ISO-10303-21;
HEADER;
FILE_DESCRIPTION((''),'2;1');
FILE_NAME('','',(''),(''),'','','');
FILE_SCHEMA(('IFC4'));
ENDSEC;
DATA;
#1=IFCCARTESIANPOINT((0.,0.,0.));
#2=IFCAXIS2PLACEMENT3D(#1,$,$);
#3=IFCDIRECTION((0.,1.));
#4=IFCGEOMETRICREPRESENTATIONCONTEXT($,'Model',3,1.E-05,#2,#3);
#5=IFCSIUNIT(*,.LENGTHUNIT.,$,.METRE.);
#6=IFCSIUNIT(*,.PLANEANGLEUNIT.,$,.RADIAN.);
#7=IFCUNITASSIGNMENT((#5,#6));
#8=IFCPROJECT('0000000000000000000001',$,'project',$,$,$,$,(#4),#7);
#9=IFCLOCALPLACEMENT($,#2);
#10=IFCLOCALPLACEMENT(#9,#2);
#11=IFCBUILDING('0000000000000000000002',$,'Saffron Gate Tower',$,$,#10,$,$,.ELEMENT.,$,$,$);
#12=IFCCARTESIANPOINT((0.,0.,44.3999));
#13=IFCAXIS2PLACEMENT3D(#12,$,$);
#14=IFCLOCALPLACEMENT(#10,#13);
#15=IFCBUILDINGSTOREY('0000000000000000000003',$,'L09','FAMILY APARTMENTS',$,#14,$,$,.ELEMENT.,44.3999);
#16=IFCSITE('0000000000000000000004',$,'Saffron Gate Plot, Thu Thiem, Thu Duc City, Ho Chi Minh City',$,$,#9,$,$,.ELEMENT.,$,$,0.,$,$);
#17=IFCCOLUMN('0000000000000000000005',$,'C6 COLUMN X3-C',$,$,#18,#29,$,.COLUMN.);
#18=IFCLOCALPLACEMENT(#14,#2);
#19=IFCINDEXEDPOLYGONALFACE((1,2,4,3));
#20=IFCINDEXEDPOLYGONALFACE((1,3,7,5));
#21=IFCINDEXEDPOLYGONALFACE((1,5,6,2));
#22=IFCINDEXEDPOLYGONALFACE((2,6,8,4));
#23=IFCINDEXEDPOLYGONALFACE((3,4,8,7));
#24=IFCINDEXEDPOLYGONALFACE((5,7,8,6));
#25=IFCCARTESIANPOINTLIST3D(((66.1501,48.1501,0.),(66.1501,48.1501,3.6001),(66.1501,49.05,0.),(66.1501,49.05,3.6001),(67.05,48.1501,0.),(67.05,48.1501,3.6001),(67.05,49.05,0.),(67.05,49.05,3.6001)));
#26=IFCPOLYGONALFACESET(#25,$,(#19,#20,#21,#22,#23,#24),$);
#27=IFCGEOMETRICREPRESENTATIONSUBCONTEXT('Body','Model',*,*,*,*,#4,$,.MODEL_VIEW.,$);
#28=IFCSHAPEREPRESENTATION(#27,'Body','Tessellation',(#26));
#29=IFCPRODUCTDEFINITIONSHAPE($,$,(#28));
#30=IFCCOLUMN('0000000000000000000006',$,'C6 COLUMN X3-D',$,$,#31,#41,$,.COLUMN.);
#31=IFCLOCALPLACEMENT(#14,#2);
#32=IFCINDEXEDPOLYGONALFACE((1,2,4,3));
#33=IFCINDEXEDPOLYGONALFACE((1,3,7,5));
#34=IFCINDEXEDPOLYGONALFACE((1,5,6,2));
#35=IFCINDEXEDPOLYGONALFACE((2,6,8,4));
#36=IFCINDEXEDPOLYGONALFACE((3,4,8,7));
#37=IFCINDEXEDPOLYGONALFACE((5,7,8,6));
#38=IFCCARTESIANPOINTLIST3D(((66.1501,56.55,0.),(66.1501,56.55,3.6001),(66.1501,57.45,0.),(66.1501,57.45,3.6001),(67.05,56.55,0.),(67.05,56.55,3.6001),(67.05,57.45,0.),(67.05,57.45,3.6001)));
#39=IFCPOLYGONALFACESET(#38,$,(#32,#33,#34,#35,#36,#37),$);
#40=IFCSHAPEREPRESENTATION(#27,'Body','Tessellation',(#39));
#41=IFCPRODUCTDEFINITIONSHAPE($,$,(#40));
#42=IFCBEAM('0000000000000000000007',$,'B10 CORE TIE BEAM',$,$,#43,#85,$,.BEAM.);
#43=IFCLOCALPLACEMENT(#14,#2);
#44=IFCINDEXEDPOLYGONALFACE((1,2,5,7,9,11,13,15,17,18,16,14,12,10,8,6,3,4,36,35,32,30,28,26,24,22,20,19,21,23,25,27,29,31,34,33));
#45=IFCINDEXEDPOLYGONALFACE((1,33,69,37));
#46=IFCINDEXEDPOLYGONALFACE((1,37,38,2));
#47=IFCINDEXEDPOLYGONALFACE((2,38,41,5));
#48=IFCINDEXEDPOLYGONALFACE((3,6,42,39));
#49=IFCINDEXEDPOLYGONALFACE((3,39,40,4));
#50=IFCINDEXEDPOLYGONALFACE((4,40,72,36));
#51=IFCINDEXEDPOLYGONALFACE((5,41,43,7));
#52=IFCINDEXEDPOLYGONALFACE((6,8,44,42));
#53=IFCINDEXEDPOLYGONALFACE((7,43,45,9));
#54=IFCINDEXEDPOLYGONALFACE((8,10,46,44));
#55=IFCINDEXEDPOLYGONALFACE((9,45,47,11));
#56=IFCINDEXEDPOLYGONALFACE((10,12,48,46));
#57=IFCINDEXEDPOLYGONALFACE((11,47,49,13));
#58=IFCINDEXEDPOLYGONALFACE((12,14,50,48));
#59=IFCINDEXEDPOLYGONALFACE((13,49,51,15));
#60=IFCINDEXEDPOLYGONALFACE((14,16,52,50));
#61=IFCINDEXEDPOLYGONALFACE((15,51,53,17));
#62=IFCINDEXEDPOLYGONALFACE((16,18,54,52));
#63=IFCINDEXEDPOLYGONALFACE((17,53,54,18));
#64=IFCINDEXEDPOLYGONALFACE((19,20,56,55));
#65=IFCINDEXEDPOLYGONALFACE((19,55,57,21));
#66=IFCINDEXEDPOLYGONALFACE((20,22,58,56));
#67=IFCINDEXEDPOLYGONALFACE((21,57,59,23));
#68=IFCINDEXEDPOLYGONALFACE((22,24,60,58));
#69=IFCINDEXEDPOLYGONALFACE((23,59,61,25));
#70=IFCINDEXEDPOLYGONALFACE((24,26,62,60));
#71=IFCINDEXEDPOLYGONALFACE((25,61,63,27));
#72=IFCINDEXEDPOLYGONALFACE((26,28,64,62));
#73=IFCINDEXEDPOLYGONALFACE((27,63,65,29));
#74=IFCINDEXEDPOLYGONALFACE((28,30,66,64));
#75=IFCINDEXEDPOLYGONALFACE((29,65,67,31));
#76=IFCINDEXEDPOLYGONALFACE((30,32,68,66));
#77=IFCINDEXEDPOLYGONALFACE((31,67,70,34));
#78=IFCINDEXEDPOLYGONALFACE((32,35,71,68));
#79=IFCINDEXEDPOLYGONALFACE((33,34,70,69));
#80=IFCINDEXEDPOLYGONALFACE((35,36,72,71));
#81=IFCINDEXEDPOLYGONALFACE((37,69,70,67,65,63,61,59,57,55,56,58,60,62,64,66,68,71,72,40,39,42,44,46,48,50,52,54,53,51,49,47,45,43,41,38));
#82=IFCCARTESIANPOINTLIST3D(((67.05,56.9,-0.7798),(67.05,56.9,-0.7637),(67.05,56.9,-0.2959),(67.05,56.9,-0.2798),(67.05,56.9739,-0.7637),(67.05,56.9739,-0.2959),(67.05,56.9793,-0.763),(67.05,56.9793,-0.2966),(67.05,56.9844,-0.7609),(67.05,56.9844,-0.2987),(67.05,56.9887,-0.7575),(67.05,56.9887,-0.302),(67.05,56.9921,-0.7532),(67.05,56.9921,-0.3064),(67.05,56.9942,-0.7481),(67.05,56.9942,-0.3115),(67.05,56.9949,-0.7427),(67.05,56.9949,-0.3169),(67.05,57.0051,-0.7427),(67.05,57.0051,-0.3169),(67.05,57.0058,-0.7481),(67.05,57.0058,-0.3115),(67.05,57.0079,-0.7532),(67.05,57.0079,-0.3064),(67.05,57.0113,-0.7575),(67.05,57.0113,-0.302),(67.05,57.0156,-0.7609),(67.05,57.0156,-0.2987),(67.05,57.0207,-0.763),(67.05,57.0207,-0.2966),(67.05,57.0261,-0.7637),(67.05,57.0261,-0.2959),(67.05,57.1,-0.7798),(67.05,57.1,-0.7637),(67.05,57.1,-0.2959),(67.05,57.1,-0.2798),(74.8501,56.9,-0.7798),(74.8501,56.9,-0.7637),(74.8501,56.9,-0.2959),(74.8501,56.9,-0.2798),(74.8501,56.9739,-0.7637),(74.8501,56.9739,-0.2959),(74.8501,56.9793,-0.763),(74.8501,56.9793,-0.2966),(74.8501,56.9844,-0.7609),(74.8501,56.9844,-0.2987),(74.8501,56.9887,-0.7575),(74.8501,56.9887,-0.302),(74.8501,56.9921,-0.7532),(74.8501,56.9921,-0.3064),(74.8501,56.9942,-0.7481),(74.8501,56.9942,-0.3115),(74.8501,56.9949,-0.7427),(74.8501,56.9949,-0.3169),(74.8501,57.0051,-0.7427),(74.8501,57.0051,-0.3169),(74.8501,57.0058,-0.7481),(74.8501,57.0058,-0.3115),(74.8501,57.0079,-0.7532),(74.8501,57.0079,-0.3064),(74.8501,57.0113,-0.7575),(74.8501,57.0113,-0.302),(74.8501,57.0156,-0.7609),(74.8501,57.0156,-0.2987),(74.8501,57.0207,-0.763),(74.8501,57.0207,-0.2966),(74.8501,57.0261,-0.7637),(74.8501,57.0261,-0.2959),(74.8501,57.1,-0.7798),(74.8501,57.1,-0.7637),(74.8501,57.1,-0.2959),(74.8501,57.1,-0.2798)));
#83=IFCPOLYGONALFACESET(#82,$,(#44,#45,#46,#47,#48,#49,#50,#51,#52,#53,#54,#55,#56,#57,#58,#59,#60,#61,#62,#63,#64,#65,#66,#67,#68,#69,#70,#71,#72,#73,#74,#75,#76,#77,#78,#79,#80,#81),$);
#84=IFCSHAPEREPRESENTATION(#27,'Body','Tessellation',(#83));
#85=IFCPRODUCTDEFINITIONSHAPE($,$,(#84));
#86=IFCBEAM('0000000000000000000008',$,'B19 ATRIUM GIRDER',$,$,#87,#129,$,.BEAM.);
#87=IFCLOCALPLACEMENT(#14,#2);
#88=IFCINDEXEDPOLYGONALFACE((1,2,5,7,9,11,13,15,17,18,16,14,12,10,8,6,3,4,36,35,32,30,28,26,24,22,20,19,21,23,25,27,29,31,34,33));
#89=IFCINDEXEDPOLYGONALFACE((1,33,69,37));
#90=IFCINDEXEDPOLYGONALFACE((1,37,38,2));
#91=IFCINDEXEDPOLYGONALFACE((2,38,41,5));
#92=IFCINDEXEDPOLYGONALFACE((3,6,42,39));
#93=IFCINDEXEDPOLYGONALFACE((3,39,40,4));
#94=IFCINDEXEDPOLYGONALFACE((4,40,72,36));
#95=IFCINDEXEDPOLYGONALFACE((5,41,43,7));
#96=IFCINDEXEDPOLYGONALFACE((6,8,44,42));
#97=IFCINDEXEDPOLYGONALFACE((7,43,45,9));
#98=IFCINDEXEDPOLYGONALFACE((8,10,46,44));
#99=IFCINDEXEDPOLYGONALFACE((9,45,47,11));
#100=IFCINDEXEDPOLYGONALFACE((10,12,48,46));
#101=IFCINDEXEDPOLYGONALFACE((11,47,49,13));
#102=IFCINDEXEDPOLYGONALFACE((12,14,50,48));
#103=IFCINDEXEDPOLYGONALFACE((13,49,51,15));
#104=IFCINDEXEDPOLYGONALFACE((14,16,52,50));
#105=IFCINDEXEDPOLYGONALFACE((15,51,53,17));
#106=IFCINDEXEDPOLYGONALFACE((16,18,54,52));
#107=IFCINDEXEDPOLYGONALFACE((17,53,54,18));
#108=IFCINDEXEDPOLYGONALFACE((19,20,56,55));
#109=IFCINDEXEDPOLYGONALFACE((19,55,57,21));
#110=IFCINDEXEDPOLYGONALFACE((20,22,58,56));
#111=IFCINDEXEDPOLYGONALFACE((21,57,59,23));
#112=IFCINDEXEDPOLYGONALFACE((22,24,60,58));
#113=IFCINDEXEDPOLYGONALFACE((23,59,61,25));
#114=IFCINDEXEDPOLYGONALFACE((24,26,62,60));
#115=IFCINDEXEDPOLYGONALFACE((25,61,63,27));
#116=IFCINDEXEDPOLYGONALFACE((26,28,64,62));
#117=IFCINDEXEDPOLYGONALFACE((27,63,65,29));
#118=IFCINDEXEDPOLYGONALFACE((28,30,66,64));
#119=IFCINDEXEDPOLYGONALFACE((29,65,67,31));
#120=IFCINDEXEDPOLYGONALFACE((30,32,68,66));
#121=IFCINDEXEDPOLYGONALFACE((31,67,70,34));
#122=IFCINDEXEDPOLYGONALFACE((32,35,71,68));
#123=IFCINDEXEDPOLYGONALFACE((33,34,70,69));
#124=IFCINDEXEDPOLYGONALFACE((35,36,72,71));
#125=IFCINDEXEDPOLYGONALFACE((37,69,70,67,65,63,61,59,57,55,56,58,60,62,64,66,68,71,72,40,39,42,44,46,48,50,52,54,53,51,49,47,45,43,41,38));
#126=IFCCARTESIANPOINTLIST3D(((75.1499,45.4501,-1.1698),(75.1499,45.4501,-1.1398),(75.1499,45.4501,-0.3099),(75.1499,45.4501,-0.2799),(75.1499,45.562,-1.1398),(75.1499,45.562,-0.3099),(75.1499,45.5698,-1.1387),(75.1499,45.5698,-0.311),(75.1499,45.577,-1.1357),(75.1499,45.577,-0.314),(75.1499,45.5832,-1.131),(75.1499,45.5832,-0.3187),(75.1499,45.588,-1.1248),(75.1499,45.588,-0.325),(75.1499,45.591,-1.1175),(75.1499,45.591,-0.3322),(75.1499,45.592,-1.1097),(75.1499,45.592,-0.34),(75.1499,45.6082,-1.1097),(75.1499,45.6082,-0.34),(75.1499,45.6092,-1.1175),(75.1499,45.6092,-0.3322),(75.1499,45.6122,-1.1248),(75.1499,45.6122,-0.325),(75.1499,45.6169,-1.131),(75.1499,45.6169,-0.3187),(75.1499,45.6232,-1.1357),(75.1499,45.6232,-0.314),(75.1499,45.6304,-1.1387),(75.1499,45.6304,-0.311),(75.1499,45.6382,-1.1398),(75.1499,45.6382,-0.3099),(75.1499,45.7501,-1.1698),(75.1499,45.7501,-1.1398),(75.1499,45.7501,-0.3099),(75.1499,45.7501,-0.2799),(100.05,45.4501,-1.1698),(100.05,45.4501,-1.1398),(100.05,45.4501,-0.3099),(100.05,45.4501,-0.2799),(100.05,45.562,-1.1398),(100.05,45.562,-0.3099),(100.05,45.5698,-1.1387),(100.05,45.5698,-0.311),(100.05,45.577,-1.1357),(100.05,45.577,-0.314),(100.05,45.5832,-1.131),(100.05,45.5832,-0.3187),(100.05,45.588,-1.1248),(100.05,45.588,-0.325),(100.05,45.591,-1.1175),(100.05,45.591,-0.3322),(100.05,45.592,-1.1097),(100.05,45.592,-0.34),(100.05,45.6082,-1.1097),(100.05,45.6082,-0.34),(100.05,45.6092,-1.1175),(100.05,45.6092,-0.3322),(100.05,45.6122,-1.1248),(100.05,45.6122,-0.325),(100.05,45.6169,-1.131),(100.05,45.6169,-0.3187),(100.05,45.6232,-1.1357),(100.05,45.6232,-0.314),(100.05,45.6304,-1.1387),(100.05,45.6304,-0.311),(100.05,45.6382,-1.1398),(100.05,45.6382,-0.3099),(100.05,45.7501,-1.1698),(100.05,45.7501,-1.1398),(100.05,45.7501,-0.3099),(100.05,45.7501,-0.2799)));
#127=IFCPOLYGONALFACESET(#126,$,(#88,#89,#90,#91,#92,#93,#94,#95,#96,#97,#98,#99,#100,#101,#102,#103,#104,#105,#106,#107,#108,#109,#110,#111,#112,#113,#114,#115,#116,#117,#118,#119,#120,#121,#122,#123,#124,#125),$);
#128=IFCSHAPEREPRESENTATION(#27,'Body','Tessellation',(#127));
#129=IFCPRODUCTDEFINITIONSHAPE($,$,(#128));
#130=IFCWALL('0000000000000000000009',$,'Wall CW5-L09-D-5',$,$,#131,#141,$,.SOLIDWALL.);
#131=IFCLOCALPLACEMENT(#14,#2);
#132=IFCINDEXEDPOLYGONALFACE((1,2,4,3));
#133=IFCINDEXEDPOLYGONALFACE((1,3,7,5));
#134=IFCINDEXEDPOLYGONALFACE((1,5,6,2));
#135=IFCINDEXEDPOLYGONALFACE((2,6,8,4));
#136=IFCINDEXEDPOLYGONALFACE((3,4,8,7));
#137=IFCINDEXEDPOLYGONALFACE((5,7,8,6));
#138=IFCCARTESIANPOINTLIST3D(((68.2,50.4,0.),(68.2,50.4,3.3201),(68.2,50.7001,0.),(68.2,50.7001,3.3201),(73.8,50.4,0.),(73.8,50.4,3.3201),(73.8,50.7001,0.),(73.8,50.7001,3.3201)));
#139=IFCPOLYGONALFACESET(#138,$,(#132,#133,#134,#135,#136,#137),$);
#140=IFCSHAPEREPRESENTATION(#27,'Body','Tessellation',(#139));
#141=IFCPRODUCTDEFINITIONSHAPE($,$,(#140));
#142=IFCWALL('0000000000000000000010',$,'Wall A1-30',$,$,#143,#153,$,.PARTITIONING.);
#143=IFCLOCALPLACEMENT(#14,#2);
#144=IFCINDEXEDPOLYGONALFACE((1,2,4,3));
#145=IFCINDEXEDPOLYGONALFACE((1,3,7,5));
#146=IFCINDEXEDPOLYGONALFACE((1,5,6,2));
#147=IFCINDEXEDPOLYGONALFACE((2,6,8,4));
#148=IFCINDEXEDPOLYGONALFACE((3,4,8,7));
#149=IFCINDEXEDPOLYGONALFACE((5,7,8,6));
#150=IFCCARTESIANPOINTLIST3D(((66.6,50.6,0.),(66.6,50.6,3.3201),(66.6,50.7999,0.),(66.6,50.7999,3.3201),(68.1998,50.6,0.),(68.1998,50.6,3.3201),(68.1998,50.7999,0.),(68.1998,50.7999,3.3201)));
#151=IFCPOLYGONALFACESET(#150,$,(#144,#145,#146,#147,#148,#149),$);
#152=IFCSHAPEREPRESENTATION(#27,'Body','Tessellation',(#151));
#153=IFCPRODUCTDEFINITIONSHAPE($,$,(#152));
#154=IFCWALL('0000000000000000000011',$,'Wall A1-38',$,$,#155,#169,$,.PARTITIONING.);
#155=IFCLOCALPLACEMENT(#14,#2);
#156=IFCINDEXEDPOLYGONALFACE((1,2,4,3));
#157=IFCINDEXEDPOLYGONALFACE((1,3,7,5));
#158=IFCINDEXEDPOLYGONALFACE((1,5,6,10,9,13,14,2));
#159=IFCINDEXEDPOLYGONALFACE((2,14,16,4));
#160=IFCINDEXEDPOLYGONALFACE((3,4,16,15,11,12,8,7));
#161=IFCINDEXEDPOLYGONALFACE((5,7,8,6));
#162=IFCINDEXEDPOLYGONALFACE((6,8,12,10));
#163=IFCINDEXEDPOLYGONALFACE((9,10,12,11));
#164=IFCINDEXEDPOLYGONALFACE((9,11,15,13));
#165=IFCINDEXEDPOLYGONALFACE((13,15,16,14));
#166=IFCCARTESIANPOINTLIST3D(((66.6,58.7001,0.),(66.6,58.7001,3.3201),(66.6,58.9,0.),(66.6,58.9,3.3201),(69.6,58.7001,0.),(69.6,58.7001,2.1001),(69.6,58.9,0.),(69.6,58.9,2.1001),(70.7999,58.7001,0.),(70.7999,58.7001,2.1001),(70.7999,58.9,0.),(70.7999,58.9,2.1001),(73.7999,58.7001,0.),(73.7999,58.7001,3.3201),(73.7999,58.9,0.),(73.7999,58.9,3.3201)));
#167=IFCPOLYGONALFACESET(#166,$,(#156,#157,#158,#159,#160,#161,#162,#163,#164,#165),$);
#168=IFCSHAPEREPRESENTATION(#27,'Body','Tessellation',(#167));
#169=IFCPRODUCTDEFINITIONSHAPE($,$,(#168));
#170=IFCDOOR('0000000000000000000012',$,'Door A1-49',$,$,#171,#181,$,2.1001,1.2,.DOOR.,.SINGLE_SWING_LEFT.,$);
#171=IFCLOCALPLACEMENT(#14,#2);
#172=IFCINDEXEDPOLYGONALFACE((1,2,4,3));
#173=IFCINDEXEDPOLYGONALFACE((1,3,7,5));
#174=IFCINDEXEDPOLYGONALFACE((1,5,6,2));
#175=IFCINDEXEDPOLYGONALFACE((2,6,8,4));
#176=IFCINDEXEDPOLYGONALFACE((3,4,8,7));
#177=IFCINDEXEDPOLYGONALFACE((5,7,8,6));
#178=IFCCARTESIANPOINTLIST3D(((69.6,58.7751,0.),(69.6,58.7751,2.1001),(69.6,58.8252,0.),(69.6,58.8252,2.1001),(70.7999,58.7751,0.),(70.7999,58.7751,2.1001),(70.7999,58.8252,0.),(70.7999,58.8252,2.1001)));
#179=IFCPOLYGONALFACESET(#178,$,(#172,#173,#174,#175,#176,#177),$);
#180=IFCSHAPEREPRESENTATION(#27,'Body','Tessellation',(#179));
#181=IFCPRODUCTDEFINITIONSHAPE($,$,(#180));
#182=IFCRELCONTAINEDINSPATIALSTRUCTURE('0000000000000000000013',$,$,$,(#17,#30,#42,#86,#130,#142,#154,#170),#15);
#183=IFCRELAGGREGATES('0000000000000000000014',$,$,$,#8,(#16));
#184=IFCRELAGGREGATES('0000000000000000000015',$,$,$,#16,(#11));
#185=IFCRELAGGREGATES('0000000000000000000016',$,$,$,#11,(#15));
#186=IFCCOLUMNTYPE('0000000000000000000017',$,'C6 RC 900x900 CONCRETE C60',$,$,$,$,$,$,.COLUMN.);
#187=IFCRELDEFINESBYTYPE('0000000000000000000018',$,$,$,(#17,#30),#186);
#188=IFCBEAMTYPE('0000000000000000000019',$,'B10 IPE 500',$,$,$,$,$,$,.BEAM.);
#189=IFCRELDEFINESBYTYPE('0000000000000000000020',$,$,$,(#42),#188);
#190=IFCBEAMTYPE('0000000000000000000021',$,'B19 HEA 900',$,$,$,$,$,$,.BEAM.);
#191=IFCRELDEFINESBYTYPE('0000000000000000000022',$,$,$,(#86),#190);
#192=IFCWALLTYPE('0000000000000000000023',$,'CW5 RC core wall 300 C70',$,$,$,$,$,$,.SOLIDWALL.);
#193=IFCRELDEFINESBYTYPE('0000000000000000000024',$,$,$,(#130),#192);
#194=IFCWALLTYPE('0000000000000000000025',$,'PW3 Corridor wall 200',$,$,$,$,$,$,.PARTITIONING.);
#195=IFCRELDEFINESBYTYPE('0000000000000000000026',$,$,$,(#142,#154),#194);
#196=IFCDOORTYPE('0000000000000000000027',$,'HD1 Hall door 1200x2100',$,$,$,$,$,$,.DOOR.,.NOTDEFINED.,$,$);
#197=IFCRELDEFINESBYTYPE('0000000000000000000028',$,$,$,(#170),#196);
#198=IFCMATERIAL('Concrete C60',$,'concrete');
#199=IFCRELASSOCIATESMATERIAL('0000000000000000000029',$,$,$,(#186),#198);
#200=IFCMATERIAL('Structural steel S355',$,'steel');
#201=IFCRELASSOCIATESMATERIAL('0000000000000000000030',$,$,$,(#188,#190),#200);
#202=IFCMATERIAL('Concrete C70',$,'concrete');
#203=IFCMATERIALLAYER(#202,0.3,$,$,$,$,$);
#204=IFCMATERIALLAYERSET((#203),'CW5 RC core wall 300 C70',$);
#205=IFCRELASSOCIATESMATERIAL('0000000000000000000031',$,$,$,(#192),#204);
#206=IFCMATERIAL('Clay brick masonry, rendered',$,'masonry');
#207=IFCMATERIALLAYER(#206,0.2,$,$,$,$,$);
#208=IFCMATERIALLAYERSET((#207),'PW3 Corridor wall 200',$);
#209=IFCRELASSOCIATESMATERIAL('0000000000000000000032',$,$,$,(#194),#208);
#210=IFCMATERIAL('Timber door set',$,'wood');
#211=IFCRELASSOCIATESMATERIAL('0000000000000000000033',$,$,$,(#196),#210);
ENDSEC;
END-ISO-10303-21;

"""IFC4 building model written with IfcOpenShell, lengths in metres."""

from ifc_helpers import new_model, si_unit, direction, frame, frame_2d, origin, origin_2d, place, context, subcontext, project, spatial, rectangle, i_section, extrude, material, layer, layer_set, material_profile, profile_set, type_object, element, fill, save


model = new_model("IFC4")

# Units and contexts
model_context = context("Model", 3, precision=1e-05, world=origin(), true_north=direction((0.0, 1.0)))
body_context = subcontext(model_context, "Body", "Model", "MODEL_VIEW")
ifc_project = project(units=[si_unit("LENGTHUNIT", "METRE"), si_unit("PLANEANGLEUNIT", "RADIAN")], contexts=[model_context])

# Site, building, storey
site_placement = place(None, origin())
site = spatial("IfcSite", under=ifc_project, at=site_placement, Name="Saffron Gate Plot, Thu Thiem, Thu Duc City, Ho Chi Minh City", CompositionType="ELEMENT", RefElevation=0.0)
building_placement = place(site_placement, origin())
building = spatial("IfcBuilding", under=site, at=building_placement, Name="Saffron Gate Tower", CompositionType="ELEMENT")
storey_placement = place(building_placement, frame((0.0, 0.0, 44.3999)))
storey = spatial("IfcBuildingStorey", under=building, at=storey_placement, Name="L09", Description="FAMILY APARTMENTS", CompositionType="ELEMENT", Elevation=44.3999)

# Columns
ifc_material_1 = material(Name="Concrete C60", Category="concrete")
ifc_material_profile_1 = material_profile(ifc_material_1, rectangle(XDim=0.8999, YDim=0.8999, at=origin_2d()))
ifc_profile_set_1 = profile_set([ifc_material_profile_1], Name="Concrete C60")
column_type = type_object("IfcColumnType", Name="C6 RC 900x900 CONCRETE C60", PredefinedType="COLUMN", material=ifc_profile_set_1)
for number, where, z_axis, x_axis, name in (
    (1, (66.6001, 48.6001, 0.0), (0.0, 0.0, 1.0), (1.0, 0.0, 0.0), "C6 COLUMN X3-C"),
    (2, (66.6001, 57.0, 0.0), (0.0, 0.0, 1.0), (1.0, 0.0, 0.0), "C6 COLUMN X3-D"),
):
    element("IfcColumn", number, at=place(storey_placement, frame(where, z_axis=z_axis, x_axis=x_axis)), inside=storey, type_object=column_type, Name=name, PredefinedType="COLUMN", context=body_context, shape_type="SweptSolid", body=[
        extrude(rectangle(XDim=0.8999, YDim=0.8999, at=origin_2d()), origin(), (0.0, 0.0, 1.0), 3.6001),
    ])

# Beams
ifc_material_2 = material(Name="Structural steel S355", Category="steel")
ifc_material_profile_2 = material_profile(ifc_material_2, i_section(OverallWidth=0.2, OverallDepth=0.5, WebThickness=0.0103, FlangeThickness=0.0161, FilletRadius=0.021, at=origin_2d()))
ifc_profile_set_2 = profile_set([ifc_material_profile_2], Name="Structural steel S355")
beam_type_1 = type_object("IfcBeamType", Name="B10 IPE 500", PredefinedType="BEAM", material=ifc_profile_set_2)
beam_1_placement = place(storey_placement, frame((67.05, 57.0, -0.5298), z_axis=(1.0, 0.0, 0.0), x_axis=(0.0, 1.0, 0.0)))
element("IfcBeam", 3, at=beam_1_placement, inside=storey, type_object=beam_type_1, Name="B10 CORE TIE BEAM", PredefinedType="BEAM", context=body_context, shape_type="SweptSolid", body=[
    extrude(i_section(OverallWidth=0.2, OverallDepth=0.5, WebThickness=0.0103, FlangeThickness=0.0161, FilletRadius=0.021, at=origin_2d()), origin(), (0.0, 0.0, 1.0), 7.8),
])
ifc_material_profile_3 = material_profile(ifc_material_2, i_section(OverallWidth=0.3, OverallDepth=0.8899, WebThickness=0.0161, FlangeThickness=0.03, FilletRadius=0.03, at=origin_2d()))
ifc_profile_set_3 = profile_set([ifc_material_profile_3], Name="Structural steel S355")
beam_type_2 = type_object("IfcBeamType", Name="B19 HEA 900", PredefinedType="BEAM", material=ifc_profile_set_3)
beam_2_placement = place(storey_placement, frame((75.1499, 45.6001, -0.7249), z_axis=(1.0, 0.0, 0.0), x_axis=(0.0, 1.0, 0.0)))
element("IfcBeam", 4, at=beam_2_placement, inside=storey, type_object=beam_type_2, Name="B19 ATRIUM GIRDER", PredefinedType="BEAM", context=body_context, shape_type="SweptSolid", body=[
    extrude(i_section(OverallWidth=0.3, OverallDepth=0.8899, WebThickness=0.0161, FlangeThickness=0.03, FilletRadius=0.03, at=origin_2d()), origin(), (0.0, 0.0, 1.0), 24.9001),
])

# Walls
ifc_material_3 = material(Name="Concrete C70", Category="concrete")
ifc_layer_1 = layer(ifc_material_3, 0.3)
ifc_layer_set_1 = layer_set([ifc_layer_1], Name="CW5 RC core wall 300 C70")
wall_type_1 = type_object("IfcWallType", Name="CW5 RC core wall 300 C70", PredefinedType="SOLIDWALL", material=ifc_layer_set_1)
wall_1_placement = place(storey_placement, frame((68.2, 50.55, 0.0), z_axis=(0.0, 0.0, 1.0), x_axis=(1.0, 0.0, 0.0)))
element("IfcWall", 5, at=wall_1_placement, inside=storey, type_object=wall_type_1, Name="Wall CW5-L09-D-5", PredefinedType="SOLIDWALL", context=body_context, shape_type="SweptSolid", body=[
    extrude(rectangle(XDim=5.6001, YDim=0.3, at=frame_2d((2.8, 0.0))), origin(), (0.0, 0.0, 1.0), 3.3201),
])
ifc_material_4 = material(Name="Clay brick masonry, rendered", Category="masonry")
ifc_layer_2 = layer(ifc_material_4, 0.2)
ifc_layer_set_2 = layer_set([ifc_layer_2], Name="PW3 Corridor wall 200")
wall_type_2 = type_object("IfcWallType", Name="PW3 Corridor wall 200", PredefinedType="PARTITIONING", material=ifc_layer_set_2)
wall_2_placement = place(storey_placement, frame((66.6001, 50.7, 0.0), z_axis=(0.0, 0.0, 1.0), x_axis=(1.0, 0.0, 0.0)))
element("IfcWall", 6, at=wall_2_placement, inside=storey, type_object=wall_type_2, Name="Wall A1-30", PredefinedType="PARTITIONING", context=body_context, shape_type="SweptSolid", body=[
    extrude(rectangle(XDim=1.5999, YDim=0.2, at=frame_2d((0.7998, 0.0))), origin(), (0.0, 0.0, 1.0), 3.3201),
])

# Wall, opening, door
wall_3_placement = place(storey_placement, frame((73.8, 58.8, 0.0), z_axis=(0.0, 0.0, 1.0), x_axis=(-1.0, 0.0, 0.0)))
wall_3 = element("IfcWall", 7, at=wall_3_placement, inside=storey, type_object=wall_type_2, Name="Wall A1-38", PredefinedType="PARTITIONING", context=body_context, shape_type="SweptSolid", body=[
    extrude(rectangle(XDim=7.2, YDim=0.2, at=frame_2d((3.6001, 0.0))), origin(), (0.0, 0.0, 1.0), 3.3201),
])
opening_placement = place(wall_3_placement, frame((3.0, 0.0, 0.0)))
opening = element("IfcOpeningElement", 8, at=opening_placement, cuts=wall_3, PredefinedType="OPENING", context=body_context, shape_type="SweptSolid", body=[
    extrude(rectangle(XDim=1.2, YDim=2.1001, at=frame_2d((0.6001, 1.05))), frame((0.0, 0.1099, 0.0), z_axis=(0.0, -1.0, 0.0), x_axis=(1.0, 0.0, 0.0)), (0.0, 0.0, 1.0), 0.22),
])
ifc_material_5 = material(Name="Timber door set", Category="wood")
door_type = type_object("IfcDoorType", Name="HD1 Hall door 1200x2100", OperationType="NOTDEFINED", PredefinedType="DOOR", material=ifc_material_5)
door_placement = place(opening_placement, origin())
door = element("IfcDoor", 9, at=door_placement, inside=storey, type_object=door_type, Name="Door A1-49", OperationType="SINGLE_SWING_LEFT", OverallHeight=2.1001, OverallWidth=1.2, PredefinedType="DOOR", context=body_context, shape_type="SweptSolid", body=[
    extrude(rectangle(XDim=1.2, YDim=2.1001, at=frame_2d((0.6001, 1.05))), frame((0.0, 0.0249, 0.0), z_axis=(0.0, -1.0, 0.0), x_axis=(1.0, 0.0, 0.0)), (0.0, 0.0, 1.0), 0.05),
])
fill(opening, door)

save(model, "model.ifc")
